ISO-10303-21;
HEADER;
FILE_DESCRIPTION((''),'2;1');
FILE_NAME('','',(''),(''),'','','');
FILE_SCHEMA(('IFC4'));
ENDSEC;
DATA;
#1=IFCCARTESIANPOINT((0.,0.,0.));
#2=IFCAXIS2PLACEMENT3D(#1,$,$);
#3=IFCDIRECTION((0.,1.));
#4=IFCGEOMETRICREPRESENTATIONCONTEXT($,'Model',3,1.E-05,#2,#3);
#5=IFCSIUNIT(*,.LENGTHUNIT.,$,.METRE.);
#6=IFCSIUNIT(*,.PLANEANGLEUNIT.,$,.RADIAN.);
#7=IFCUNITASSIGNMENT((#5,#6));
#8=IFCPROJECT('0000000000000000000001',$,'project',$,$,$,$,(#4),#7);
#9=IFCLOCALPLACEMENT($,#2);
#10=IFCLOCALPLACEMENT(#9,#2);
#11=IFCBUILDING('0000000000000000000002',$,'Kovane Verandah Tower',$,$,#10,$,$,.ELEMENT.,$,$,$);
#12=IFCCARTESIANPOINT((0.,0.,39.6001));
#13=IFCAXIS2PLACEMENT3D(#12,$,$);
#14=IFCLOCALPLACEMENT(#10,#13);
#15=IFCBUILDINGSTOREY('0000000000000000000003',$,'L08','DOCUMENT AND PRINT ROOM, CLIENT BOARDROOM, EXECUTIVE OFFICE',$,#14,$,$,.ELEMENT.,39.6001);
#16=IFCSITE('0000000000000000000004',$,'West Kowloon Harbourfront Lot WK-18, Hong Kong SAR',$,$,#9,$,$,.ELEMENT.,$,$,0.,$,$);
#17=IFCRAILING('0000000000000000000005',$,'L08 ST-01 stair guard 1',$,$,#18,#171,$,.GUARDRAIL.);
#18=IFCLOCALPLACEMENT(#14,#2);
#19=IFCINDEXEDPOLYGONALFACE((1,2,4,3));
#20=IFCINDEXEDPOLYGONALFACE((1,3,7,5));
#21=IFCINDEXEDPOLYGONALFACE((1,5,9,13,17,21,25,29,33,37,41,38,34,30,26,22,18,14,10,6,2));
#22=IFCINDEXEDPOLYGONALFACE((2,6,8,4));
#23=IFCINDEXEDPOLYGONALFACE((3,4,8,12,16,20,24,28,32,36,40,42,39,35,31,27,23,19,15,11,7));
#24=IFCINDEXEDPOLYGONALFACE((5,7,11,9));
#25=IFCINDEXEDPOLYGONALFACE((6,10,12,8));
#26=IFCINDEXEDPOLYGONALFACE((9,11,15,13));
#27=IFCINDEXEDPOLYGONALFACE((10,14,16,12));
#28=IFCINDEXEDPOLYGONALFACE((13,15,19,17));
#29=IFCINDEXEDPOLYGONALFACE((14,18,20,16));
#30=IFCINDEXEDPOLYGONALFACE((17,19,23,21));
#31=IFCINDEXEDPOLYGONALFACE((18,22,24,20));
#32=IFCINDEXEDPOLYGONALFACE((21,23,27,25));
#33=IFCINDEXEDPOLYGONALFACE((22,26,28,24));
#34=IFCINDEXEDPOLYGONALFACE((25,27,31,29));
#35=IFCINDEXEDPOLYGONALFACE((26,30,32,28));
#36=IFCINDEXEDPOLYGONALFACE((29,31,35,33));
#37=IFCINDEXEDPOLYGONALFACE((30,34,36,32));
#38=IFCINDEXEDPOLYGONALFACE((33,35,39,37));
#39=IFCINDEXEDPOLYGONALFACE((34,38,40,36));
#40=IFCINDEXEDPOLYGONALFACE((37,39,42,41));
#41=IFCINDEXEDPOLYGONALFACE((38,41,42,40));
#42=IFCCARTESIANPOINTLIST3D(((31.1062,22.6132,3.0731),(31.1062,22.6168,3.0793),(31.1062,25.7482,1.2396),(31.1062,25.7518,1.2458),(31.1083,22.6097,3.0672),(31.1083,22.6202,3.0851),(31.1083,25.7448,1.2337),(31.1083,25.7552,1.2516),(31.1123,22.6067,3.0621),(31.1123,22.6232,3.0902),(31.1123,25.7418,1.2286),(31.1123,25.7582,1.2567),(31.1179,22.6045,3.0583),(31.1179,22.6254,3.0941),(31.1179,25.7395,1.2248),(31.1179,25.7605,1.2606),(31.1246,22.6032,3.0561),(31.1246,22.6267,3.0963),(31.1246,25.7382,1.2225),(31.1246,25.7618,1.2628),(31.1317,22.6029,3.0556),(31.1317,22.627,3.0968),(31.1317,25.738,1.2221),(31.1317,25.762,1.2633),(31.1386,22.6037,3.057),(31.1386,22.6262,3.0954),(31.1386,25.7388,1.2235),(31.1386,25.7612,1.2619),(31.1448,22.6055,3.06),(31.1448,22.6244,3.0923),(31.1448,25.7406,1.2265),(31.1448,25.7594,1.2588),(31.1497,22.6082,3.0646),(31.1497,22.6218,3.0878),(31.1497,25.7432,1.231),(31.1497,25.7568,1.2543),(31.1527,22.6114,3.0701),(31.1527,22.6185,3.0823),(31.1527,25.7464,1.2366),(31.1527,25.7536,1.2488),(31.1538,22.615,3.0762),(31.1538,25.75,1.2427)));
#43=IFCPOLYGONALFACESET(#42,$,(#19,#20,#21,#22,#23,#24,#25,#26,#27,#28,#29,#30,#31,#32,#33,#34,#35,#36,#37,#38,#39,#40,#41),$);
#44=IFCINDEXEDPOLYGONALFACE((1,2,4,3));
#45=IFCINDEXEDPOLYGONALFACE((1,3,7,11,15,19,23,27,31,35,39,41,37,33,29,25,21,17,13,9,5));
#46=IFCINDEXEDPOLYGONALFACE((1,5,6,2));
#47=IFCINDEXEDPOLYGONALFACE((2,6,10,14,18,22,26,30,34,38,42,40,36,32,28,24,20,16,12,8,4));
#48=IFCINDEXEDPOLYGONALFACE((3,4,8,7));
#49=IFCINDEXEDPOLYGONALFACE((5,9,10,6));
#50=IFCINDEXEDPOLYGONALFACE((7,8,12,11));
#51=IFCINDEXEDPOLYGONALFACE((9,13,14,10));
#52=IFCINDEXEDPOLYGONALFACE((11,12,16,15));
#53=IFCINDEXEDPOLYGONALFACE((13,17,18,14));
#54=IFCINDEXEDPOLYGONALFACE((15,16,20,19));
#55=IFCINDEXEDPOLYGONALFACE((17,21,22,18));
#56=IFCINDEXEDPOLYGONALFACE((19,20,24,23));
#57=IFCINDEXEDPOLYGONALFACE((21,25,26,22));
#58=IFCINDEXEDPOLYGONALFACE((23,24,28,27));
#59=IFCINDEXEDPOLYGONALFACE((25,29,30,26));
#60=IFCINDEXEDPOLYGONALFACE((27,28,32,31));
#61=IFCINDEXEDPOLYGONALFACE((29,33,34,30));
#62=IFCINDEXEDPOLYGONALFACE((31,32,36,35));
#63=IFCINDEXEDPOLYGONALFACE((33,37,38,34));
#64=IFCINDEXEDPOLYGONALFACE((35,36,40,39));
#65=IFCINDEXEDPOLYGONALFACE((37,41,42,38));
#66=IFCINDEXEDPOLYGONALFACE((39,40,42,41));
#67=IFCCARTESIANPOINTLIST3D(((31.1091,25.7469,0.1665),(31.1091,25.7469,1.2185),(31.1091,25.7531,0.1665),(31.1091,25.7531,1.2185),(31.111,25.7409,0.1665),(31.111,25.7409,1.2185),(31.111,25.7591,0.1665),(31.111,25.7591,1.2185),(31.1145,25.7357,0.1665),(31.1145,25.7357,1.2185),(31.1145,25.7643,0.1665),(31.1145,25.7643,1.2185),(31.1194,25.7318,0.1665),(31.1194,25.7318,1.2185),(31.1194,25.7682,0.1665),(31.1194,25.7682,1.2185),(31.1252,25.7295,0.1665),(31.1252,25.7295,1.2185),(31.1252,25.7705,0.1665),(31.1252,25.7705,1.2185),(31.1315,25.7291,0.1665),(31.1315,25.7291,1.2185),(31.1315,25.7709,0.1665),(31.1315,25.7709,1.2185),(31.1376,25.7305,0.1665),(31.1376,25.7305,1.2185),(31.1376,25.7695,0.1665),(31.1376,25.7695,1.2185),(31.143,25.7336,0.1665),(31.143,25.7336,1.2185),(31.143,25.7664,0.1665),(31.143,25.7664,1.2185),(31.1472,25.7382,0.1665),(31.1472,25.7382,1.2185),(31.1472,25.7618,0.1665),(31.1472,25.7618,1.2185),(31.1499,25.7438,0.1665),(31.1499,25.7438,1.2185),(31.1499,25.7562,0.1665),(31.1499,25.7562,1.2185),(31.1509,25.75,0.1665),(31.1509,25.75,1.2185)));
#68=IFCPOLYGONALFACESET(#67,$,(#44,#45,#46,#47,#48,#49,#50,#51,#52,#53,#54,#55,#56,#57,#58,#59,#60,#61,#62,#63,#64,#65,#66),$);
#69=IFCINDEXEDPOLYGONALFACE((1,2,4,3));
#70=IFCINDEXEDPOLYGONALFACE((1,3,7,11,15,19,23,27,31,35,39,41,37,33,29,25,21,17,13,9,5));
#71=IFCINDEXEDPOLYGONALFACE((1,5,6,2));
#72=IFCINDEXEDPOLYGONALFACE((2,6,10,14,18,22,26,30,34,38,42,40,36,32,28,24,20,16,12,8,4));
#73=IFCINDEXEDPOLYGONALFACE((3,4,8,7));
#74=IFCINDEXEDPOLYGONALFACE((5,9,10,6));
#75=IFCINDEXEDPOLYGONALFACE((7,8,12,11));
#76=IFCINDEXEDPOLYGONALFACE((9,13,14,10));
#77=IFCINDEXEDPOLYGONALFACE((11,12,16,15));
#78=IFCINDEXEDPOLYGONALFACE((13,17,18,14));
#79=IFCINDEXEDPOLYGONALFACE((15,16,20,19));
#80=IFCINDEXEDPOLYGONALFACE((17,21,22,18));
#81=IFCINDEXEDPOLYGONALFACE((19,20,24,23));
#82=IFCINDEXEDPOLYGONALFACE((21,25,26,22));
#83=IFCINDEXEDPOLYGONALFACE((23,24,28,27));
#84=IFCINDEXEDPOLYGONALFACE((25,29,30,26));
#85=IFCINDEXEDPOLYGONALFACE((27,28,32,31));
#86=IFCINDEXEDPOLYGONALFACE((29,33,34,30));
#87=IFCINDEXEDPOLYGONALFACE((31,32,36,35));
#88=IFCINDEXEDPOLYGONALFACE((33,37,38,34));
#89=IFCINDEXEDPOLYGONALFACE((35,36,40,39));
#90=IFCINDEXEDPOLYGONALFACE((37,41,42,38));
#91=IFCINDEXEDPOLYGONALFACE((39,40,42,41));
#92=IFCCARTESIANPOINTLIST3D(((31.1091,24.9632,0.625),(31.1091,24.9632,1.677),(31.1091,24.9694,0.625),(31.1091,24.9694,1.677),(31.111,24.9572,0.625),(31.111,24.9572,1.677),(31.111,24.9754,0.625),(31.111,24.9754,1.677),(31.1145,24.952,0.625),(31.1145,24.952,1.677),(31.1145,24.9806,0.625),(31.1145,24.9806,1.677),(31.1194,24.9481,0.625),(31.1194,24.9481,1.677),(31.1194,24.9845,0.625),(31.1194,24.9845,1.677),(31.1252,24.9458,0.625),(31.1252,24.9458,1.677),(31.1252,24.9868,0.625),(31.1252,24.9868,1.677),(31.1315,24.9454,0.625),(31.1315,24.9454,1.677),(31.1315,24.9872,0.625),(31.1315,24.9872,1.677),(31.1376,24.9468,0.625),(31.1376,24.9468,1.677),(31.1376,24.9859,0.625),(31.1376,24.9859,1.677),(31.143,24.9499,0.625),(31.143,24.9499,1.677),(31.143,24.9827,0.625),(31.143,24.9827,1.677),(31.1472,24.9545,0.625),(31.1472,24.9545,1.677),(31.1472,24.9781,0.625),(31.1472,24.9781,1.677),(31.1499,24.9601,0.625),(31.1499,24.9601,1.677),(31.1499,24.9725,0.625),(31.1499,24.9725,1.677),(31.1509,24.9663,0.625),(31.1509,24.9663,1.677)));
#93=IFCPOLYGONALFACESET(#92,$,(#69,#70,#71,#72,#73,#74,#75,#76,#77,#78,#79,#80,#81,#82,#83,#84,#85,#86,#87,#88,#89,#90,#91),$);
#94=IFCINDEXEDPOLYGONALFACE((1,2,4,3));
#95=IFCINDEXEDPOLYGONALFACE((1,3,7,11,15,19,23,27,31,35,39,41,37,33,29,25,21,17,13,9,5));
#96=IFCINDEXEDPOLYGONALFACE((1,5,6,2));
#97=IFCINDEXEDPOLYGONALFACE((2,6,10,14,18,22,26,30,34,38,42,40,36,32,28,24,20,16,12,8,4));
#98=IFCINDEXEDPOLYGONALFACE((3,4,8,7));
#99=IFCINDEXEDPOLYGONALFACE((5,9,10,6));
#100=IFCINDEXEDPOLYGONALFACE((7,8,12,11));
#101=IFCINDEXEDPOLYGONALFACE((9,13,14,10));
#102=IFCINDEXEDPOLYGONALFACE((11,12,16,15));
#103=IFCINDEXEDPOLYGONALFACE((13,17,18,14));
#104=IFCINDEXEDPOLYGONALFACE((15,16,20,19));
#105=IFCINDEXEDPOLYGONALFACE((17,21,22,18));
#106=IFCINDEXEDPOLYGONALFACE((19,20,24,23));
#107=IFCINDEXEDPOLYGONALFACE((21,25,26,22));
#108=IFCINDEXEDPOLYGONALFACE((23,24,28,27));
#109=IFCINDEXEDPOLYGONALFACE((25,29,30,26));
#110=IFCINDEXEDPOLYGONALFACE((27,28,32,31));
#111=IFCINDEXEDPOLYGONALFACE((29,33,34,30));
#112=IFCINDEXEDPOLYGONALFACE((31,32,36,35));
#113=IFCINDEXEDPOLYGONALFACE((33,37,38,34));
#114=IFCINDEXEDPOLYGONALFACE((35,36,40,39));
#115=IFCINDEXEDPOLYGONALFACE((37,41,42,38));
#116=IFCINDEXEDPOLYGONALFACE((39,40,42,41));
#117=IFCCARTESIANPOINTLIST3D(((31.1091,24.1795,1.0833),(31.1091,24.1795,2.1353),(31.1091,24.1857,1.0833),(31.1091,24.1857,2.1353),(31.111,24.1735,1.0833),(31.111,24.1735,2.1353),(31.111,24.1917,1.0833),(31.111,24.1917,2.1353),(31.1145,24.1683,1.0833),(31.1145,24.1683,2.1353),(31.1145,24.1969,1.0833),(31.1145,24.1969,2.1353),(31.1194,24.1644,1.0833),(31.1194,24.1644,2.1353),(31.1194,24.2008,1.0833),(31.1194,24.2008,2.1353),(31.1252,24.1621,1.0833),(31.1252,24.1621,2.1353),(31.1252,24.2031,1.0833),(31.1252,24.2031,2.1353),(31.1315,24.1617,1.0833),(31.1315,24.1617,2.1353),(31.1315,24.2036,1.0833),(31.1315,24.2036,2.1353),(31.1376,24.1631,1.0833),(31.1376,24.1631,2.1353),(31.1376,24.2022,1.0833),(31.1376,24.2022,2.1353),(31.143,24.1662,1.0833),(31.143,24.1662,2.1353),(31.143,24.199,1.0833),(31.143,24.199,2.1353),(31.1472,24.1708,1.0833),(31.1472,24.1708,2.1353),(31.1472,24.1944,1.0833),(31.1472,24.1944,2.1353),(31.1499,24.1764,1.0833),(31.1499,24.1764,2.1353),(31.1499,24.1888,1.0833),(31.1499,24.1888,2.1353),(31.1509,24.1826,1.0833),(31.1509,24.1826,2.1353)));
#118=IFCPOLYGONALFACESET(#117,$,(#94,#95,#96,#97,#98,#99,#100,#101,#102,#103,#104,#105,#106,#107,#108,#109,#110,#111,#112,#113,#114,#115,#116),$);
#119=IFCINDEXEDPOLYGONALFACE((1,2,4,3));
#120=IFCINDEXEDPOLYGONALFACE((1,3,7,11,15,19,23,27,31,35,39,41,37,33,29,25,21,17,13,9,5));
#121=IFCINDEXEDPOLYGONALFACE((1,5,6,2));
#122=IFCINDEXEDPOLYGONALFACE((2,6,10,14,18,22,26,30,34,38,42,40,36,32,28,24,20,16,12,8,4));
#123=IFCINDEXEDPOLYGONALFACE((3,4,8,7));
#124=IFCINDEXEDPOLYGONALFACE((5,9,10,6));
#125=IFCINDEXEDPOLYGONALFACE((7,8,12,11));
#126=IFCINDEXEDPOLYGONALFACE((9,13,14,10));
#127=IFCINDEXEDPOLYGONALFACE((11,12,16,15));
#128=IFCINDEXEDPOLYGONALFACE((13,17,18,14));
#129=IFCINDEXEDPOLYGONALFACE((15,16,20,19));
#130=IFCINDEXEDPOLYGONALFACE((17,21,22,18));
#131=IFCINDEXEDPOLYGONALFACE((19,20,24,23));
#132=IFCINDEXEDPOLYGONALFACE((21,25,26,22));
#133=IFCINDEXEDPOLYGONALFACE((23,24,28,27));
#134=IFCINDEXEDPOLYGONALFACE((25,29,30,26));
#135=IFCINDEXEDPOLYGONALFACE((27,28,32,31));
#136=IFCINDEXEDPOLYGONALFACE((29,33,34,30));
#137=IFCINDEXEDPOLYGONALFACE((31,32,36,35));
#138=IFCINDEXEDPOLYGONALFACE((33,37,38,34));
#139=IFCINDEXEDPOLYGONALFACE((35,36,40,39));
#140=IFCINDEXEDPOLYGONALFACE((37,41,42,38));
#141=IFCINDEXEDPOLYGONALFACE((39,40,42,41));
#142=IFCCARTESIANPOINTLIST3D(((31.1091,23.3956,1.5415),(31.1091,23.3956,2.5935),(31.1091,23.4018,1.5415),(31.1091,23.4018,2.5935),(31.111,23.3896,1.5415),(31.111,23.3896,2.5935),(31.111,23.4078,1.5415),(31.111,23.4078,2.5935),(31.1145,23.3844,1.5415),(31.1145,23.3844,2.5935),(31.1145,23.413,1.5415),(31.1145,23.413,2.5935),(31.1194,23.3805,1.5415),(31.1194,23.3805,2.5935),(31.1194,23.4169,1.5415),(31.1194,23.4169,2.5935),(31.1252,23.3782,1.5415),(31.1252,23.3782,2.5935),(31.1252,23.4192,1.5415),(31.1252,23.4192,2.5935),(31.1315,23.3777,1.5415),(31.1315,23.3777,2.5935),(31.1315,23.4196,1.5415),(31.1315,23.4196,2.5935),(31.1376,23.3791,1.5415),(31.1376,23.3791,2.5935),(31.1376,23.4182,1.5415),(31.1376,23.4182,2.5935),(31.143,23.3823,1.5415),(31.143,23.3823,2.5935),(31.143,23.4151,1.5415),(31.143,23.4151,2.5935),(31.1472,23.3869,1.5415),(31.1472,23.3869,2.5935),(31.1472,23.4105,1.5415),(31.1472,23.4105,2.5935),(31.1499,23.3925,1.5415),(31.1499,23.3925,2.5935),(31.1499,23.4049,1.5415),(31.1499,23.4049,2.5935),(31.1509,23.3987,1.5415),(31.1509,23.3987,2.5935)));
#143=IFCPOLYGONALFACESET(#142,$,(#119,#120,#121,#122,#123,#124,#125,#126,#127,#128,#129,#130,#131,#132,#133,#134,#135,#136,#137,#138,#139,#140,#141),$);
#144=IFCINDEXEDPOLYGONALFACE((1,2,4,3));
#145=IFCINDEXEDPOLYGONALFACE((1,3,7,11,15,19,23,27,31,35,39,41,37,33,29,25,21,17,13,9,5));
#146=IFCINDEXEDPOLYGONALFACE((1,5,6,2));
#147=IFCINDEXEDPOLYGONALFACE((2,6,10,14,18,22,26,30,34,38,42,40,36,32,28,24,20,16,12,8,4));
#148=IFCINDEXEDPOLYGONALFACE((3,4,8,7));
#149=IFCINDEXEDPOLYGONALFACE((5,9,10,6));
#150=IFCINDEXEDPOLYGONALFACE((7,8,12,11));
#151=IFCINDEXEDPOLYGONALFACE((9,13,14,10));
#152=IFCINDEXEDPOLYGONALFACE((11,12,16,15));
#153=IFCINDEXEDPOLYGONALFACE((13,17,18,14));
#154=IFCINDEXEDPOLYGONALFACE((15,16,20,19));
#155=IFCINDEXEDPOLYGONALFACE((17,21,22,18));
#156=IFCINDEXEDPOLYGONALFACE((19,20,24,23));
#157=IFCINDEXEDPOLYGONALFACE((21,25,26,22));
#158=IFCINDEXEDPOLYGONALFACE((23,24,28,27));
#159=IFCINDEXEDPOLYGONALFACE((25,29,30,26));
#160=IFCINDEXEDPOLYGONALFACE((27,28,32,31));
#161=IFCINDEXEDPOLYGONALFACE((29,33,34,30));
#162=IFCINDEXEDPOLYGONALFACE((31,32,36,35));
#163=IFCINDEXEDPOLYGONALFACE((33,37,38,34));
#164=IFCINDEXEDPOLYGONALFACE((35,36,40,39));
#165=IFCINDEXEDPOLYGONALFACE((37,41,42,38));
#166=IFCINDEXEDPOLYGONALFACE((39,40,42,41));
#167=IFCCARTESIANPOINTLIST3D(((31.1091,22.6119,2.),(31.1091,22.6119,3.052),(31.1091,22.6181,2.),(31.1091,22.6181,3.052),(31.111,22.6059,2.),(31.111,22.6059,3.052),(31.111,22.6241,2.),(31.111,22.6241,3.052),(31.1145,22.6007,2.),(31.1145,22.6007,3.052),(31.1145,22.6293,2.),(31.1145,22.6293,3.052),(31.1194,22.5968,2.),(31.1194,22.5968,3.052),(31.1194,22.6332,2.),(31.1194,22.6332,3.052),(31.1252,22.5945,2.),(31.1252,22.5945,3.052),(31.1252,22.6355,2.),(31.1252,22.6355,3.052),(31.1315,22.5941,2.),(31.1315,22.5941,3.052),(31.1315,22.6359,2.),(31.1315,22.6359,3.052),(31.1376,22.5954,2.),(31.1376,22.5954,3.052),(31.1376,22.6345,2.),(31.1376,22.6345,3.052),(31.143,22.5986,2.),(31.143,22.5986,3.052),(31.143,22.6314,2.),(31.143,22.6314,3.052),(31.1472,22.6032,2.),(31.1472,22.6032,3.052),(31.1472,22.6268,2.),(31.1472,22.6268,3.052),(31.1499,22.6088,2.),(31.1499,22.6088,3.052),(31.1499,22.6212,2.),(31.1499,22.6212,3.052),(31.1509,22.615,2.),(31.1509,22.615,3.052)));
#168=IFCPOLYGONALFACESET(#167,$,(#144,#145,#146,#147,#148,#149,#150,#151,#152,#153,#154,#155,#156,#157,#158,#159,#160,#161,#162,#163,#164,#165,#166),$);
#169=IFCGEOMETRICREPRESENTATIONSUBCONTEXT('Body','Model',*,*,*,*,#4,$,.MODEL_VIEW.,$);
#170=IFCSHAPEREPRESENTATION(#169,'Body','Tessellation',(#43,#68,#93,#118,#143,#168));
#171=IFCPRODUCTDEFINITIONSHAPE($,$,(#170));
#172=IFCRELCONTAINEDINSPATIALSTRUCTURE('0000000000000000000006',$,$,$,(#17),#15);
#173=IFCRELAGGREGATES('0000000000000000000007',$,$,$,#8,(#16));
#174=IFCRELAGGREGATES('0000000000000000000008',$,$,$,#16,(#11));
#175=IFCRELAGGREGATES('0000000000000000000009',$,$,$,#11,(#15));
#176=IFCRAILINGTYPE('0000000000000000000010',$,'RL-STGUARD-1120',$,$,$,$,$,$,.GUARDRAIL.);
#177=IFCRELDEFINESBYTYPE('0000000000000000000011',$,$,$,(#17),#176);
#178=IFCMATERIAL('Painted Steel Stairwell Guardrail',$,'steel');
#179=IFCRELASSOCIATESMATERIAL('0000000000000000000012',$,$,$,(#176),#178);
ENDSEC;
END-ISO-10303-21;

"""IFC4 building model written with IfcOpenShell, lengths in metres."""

from ifc_helpers import new_model, si_unit, direction, frame, origin, origin_2d, place, context, subcontext, project, spatial, circle, extrude, material, type_object, element, save


model = new_model("IFC4")

# Units and contexts
model_context = context("Model", 3, precision=1e-05, world=origin(), true_north=direction((0.0, 1.0)))
body_context = subcontext(model_context, "Body", "Model", "MODEL_VIEW")
ifc_project = project(units=[si_unit("LENGTHUNIT", "METRE"), si_unit("PLANEANGLEUNIT", "RADIAN")], contexts=[model_context])

# Site, building, storey
site_placement = place(None, origin())
site = spatial("IfcSite", under=ifc_project, at=site_placement, Name="West Kowloon Harbourfront Lot WK-18, Hong Kong SAR", CompositionType="ELEMENT", RefElevation=0.0)
building_placement = place(site_placement, origin())
building = spatial("IfcBuilding", under=site, at=building_placement, Name="Kovane Verandah Tower", CompositionType="ELEMENT")
storey_placement = place(building_placement, frame((0.0, 0.0, 39.6001)))
storey = spatial("IfcBuildingStorey", under=building, at=storey_placement, Name="L08", Description="DOCUMENT AND PRINT ROOM, CLIENT BOARDROOM, EXECUTIVE OFFICE", CompositionType="ELEMENT", Elevation=39.6001)

# Railing
ifc_material_1 = material(Name="Painted Steel Stairwell Guardrail", Category="steel")
railing_type_1 = type_object("IfcRailingType", Name="RL-STGUARD-1120", PredefinedType="GUARDRAIL", material=ifc_material_1)
railing_1_placement = place(storey_placement, frame((31.1299, 25.75, 0.1665)))
element("IfcRailing", 1, at=railing_1_placement, inside=storey, type_object=railing_type_1, Name="L08 ST-01 stair guard 1", PredefinedType="GUARDRAIL", context=body_context, shape_type="SweptSolid", body=[
    extrude(circle(Radius=0.0239, at=origin_2d()), frame((0.0, 0.0, 1.0762), z_axis=(0.0, -0.86321, 0.504845), x_axis=(1.0, 0.0, 0.0)), (0.0, 0.0, 1.0), 3.6318),
    extrude(circle(Radius=0.021, at=origin_2d()), origin(), (0.0, 0.0, 1.0), 1.052),
    extrude(circle(Radius=0.021, at=origin_2d()), frame((0.0, -0.7837, 0.4585)), (0.0, 0.0, 1.0), 1.052),
    extrude(circle(Radius=0.021, at=origin_2d()), frame((0.0, -1.5674, 0.9167)), (0.0, 0.0, 1.0), 1.052),
    extrude(circle(Radius=0.021, at=origin_2d()), frame((0.0, -2.3513, 1.375)), (0.0, 0.0, 1.0), 1.052),
    extrude(circle(Radius=0.021, at=origin_2d()), frame((0.0, -3.135, 1.8335)), (0.0, 0.0, 1.0), 1.052),
])

save(model, "model.ifc")
